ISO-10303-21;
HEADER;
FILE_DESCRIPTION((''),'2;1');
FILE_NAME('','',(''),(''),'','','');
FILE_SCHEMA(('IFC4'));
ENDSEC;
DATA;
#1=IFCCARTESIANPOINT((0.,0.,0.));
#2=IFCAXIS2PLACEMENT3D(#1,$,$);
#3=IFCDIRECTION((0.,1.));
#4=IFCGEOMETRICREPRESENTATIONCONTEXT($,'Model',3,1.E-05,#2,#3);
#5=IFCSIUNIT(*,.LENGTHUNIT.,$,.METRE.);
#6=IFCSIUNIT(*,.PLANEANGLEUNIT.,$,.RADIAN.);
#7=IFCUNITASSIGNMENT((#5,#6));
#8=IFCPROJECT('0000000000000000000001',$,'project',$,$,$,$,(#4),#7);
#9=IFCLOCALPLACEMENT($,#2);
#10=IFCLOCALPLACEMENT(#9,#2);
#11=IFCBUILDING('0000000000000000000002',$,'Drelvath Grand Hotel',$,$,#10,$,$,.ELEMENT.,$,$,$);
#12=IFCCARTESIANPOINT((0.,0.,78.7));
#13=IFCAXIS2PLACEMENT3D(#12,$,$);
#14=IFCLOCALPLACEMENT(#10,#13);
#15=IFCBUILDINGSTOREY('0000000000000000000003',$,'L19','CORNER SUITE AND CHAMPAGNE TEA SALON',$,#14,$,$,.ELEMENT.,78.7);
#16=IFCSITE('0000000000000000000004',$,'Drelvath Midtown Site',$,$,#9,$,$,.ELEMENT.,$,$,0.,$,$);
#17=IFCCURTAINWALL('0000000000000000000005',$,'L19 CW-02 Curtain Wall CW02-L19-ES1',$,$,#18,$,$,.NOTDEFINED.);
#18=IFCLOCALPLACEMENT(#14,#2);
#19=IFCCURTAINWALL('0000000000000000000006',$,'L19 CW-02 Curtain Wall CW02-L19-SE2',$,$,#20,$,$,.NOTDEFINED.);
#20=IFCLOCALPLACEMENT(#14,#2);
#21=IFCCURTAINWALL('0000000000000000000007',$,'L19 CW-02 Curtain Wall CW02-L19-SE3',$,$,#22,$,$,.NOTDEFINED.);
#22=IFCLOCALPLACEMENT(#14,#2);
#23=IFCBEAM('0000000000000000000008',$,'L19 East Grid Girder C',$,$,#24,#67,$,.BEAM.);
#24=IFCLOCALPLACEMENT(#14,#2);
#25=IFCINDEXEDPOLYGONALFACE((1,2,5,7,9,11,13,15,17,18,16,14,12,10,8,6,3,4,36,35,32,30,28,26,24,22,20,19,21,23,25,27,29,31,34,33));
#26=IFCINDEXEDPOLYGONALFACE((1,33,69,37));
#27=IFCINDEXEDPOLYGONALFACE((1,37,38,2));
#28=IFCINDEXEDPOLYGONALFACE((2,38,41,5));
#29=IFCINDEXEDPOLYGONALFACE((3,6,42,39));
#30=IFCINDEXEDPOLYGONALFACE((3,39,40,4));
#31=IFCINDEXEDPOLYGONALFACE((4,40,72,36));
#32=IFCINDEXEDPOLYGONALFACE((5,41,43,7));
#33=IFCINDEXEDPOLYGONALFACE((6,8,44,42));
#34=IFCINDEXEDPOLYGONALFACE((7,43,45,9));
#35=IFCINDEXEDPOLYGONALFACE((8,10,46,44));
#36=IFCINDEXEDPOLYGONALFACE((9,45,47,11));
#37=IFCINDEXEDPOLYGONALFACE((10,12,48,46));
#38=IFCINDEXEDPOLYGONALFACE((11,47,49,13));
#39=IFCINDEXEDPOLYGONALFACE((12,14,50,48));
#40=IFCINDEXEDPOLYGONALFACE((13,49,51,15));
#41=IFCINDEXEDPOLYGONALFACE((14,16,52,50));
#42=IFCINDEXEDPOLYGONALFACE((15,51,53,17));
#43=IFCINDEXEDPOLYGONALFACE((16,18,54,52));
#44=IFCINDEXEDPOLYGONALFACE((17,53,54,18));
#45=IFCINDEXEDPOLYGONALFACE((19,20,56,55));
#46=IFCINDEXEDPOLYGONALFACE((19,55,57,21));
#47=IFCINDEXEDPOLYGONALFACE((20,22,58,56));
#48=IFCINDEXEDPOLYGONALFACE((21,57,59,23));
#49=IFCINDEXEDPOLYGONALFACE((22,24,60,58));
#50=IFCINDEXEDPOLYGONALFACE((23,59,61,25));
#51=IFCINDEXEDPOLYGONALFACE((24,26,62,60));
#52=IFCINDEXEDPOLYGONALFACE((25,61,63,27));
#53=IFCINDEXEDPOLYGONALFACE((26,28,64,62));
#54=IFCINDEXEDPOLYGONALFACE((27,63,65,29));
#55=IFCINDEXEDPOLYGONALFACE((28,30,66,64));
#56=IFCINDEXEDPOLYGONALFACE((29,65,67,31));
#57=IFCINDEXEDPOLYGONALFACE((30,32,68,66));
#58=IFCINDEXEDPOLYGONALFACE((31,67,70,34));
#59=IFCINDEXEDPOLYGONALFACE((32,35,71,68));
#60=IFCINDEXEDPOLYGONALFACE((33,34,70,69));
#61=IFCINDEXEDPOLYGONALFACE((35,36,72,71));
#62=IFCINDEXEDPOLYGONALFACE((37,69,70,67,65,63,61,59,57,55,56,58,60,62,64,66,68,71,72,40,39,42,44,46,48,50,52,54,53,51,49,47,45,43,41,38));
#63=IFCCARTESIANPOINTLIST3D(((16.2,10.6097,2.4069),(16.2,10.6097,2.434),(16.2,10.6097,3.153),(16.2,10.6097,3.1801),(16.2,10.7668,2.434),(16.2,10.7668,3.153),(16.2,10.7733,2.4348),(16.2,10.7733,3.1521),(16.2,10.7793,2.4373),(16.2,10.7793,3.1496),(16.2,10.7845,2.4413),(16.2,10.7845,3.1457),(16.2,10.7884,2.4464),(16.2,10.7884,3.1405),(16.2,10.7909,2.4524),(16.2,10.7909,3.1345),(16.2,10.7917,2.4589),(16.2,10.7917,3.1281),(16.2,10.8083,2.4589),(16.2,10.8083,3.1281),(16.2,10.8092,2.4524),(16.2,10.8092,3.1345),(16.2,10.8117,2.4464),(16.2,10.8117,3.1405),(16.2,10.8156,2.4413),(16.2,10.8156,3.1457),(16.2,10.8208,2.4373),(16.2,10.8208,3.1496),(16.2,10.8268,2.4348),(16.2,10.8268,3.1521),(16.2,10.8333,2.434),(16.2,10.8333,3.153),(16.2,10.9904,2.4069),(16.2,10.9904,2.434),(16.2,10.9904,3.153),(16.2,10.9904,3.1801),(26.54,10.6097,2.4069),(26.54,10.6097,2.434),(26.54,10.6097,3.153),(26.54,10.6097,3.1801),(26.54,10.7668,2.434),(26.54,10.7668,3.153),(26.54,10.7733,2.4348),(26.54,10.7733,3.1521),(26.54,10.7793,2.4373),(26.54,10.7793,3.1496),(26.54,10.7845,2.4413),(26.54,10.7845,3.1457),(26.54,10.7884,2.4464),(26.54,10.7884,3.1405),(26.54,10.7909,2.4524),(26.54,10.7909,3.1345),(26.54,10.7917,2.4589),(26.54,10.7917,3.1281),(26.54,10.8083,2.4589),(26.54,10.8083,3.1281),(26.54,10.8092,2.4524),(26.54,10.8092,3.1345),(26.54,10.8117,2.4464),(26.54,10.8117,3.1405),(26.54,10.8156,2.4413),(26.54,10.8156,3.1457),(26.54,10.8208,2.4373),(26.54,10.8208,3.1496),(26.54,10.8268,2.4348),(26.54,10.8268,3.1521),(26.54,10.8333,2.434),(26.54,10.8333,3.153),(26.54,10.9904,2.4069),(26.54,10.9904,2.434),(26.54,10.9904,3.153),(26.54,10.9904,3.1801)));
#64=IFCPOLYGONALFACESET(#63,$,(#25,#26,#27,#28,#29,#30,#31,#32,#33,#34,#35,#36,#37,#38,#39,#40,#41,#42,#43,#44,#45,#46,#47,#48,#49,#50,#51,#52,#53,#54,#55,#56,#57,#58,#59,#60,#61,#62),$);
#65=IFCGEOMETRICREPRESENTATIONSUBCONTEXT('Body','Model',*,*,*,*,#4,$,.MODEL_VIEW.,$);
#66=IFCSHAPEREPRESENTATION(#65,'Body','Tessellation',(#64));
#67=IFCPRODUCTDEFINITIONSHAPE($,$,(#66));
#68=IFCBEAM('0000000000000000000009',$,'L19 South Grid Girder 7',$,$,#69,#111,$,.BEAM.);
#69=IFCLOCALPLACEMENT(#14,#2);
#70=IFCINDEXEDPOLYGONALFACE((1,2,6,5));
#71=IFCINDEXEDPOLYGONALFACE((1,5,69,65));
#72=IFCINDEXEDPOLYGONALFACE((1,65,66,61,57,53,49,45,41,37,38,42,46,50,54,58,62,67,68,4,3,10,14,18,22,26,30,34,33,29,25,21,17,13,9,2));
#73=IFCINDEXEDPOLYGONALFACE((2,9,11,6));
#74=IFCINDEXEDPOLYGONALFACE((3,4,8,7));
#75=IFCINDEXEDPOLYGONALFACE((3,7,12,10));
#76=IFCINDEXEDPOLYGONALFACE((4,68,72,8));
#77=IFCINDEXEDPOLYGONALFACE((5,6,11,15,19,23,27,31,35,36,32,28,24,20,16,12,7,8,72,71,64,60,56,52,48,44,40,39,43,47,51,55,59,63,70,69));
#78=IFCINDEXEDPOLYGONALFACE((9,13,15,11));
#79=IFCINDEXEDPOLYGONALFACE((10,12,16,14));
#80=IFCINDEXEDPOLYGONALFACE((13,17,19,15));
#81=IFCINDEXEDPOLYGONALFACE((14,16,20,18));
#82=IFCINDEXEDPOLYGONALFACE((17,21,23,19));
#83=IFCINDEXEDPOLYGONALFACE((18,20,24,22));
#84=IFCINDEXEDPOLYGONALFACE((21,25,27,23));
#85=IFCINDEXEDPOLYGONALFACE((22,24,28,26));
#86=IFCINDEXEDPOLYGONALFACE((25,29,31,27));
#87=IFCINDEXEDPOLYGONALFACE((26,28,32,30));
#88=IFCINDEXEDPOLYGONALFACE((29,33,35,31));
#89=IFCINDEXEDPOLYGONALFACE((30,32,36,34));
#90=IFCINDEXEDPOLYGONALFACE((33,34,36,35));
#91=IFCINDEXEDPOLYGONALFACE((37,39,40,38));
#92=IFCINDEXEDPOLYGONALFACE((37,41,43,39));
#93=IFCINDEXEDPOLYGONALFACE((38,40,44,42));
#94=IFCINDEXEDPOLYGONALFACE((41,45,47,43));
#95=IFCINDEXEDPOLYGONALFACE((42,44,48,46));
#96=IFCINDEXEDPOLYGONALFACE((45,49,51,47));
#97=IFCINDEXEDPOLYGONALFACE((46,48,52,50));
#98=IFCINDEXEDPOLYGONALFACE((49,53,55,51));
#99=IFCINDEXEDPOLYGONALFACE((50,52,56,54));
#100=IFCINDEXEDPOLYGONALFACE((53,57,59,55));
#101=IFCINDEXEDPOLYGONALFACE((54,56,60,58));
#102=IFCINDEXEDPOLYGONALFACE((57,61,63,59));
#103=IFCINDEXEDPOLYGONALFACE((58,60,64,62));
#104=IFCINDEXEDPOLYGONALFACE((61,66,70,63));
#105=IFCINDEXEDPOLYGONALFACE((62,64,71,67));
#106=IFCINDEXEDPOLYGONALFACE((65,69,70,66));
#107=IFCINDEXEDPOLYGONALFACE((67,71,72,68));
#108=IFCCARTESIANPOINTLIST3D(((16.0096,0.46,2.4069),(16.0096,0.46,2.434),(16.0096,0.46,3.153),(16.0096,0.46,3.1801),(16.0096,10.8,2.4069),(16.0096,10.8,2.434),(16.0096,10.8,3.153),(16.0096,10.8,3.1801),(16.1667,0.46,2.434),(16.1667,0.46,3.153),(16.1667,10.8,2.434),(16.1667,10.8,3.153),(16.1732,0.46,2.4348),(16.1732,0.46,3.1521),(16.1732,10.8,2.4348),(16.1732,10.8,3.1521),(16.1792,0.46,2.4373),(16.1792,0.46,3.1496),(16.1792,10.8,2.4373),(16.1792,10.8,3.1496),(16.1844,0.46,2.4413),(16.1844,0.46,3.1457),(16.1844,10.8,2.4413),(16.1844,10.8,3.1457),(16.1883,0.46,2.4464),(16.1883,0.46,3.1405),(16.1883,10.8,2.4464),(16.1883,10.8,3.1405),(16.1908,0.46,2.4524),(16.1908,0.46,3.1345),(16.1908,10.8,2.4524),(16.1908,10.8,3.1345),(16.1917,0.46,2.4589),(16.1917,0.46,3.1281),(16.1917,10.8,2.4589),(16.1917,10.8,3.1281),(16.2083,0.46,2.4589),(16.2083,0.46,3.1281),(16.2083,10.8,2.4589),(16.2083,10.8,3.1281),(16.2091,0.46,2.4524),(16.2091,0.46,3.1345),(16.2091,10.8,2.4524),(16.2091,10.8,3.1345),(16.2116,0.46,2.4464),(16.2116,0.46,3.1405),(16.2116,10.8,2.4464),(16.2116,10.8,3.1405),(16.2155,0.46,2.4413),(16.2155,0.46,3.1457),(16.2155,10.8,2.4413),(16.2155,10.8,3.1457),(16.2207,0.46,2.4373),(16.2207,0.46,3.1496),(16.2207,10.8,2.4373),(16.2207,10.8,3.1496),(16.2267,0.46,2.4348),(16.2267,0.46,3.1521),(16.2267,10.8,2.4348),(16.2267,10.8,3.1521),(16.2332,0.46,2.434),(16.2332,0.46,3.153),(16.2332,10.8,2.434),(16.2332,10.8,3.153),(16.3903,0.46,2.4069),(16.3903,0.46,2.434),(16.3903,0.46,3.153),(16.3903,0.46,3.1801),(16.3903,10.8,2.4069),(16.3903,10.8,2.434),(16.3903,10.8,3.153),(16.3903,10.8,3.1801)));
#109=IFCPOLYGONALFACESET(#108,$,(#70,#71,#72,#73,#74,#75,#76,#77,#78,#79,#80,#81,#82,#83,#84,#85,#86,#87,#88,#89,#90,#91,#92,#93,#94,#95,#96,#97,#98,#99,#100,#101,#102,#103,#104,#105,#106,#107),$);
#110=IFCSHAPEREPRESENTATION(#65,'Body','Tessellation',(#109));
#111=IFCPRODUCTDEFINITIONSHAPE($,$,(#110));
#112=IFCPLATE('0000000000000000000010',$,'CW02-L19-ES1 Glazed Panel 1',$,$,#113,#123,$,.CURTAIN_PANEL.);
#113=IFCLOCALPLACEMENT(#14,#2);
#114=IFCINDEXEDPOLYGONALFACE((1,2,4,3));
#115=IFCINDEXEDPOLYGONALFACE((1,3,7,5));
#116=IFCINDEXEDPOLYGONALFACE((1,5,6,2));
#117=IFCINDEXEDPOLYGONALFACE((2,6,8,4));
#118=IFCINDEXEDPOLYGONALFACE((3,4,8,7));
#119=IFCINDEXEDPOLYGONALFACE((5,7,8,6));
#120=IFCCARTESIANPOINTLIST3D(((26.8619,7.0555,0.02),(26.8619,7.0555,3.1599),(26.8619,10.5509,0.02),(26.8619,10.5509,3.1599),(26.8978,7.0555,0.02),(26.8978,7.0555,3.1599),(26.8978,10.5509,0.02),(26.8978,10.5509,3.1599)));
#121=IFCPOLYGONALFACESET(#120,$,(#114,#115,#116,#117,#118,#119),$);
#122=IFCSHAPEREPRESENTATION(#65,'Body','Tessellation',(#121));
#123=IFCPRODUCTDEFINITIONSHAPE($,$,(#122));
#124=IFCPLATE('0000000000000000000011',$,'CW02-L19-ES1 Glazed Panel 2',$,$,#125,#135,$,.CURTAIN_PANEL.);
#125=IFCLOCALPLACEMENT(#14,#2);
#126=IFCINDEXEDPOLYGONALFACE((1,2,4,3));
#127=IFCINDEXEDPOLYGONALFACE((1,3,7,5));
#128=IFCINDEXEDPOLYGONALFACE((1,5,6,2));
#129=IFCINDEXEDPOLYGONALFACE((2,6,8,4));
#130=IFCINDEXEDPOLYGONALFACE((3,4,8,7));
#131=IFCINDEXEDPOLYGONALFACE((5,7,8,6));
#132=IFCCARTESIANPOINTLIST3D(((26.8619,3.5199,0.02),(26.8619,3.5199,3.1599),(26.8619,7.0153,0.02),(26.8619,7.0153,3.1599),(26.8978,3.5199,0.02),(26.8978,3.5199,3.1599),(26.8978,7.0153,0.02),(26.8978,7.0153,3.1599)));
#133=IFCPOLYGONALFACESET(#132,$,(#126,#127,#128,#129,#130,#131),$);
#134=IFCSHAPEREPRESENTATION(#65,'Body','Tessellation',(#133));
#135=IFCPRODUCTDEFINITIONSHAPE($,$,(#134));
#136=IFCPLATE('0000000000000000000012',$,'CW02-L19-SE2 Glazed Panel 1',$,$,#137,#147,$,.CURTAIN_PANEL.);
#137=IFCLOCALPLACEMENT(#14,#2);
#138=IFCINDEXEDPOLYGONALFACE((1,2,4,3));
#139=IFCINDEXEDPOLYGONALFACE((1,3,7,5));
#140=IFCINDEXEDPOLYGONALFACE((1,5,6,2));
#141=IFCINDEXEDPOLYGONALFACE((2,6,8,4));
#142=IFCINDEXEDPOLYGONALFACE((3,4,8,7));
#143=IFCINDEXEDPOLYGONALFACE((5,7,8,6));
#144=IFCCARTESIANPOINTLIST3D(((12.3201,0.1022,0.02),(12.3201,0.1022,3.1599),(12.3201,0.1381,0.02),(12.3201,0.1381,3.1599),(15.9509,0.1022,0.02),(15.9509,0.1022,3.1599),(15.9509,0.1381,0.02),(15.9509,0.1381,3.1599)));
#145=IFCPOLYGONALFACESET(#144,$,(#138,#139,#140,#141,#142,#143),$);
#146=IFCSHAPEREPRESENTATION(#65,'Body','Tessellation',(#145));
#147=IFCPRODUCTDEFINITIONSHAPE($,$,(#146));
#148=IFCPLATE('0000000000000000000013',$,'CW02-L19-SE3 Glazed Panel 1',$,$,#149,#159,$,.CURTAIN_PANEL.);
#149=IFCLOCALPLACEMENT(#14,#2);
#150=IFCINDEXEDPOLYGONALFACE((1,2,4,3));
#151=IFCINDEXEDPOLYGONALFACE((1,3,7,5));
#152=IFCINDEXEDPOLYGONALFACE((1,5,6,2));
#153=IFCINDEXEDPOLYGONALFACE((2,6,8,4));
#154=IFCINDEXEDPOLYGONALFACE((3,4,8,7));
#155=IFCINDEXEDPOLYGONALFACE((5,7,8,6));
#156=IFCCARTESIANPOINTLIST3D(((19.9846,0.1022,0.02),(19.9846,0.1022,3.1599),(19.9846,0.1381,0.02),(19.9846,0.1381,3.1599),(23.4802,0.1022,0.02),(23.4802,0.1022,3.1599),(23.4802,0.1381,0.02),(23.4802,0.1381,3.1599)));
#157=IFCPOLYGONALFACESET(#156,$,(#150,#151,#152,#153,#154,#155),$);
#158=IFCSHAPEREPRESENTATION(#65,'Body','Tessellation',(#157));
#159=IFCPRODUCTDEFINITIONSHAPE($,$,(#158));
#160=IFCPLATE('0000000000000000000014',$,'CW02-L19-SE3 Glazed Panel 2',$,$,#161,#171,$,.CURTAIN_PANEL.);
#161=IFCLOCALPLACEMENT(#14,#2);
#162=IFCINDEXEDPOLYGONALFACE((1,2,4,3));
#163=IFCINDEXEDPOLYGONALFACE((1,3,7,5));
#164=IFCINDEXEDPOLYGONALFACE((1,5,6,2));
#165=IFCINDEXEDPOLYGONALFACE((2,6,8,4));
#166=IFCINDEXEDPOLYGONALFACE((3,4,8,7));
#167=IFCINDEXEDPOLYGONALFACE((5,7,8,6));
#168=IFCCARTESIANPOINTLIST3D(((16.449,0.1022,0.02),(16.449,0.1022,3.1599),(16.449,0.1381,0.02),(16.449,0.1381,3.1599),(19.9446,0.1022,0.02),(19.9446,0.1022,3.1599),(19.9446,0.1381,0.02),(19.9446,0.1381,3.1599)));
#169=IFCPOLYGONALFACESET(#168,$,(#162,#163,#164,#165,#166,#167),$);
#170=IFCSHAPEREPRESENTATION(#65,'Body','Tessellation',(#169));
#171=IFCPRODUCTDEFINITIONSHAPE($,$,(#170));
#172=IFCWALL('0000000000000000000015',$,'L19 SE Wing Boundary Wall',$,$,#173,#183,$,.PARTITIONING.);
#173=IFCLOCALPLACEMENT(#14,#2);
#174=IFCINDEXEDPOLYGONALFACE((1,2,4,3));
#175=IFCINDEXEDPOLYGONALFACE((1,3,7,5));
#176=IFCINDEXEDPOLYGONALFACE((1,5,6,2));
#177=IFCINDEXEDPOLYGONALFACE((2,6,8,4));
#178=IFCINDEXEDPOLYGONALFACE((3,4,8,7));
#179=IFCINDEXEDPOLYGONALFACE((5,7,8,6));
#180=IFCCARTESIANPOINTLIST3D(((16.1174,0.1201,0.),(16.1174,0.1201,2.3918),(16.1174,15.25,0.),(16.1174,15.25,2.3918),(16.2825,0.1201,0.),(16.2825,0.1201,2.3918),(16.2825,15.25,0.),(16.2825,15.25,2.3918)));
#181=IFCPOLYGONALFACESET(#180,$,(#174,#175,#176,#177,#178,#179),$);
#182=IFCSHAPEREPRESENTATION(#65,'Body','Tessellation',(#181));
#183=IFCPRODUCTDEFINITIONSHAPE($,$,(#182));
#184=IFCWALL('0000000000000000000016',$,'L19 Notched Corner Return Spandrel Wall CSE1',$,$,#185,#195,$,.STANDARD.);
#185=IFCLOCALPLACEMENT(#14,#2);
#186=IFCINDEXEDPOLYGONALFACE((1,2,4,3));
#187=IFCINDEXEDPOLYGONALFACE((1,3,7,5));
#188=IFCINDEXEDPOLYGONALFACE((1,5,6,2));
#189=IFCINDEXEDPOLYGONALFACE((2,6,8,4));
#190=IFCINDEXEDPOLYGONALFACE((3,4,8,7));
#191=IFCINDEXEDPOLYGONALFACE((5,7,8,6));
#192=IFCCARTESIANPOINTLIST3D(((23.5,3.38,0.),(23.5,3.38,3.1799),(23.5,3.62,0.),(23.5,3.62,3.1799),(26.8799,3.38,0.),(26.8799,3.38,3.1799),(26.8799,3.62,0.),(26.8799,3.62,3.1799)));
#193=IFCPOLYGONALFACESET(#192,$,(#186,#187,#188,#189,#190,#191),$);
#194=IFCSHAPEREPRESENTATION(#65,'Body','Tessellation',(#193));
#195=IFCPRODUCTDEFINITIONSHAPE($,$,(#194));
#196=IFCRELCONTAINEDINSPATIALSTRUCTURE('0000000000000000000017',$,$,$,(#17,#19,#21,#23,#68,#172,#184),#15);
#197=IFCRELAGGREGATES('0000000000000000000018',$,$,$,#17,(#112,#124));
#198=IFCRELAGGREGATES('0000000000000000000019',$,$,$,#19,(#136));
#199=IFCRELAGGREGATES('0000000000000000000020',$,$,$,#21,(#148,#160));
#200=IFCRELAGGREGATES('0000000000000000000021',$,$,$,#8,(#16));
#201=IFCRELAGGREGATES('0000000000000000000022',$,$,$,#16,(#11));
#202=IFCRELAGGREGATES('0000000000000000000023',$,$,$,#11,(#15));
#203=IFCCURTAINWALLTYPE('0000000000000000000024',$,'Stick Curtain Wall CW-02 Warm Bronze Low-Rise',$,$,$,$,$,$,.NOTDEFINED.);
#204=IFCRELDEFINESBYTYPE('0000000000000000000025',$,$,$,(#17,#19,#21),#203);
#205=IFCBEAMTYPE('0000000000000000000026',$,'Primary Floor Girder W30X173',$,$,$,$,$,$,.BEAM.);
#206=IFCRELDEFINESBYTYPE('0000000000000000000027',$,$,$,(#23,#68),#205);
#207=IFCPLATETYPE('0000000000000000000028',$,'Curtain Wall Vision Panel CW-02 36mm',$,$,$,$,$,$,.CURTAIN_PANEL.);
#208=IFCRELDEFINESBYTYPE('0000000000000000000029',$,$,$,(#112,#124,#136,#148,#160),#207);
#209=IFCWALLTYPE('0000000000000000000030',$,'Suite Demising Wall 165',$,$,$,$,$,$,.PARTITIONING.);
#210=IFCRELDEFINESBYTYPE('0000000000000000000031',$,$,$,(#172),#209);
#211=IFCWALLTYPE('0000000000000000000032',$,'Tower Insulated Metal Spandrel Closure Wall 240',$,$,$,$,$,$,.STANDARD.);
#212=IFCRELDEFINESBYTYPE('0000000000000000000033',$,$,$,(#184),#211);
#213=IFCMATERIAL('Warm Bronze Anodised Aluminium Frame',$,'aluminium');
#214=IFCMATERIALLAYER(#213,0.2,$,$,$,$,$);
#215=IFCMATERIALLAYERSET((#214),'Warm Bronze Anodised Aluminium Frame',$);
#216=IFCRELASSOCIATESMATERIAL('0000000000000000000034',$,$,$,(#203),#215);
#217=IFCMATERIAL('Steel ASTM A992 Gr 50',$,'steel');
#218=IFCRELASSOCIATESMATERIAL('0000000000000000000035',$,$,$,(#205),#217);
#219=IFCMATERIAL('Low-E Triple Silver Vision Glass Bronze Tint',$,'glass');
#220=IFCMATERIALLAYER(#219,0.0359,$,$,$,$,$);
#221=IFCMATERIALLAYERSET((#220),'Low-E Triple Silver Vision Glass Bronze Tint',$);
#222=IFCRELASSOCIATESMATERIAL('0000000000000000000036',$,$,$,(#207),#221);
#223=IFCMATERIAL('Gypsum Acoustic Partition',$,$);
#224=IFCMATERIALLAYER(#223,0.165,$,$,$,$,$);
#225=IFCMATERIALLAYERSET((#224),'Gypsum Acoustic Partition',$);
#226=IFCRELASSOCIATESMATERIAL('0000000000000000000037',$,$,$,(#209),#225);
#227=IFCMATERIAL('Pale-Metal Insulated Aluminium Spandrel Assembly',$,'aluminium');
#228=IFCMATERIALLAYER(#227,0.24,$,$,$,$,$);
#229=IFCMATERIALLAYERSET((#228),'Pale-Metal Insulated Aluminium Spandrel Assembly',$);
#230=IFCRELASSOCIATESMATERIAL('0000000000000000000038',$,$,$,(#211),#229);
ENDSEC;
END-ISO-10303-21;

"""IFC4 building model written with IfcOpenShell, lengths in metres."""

from ifc_helpers import new_model, si_unit, direction, frame, frame_2d, origin, origin_2d, place, context, subcontext, project, spatial, rectangle, i_section, extrude, material, layer, layer_set, material_profile, profile_set, type_object, element, aggregate, save


model = new_model("IFC4")

# Units and contexts
model_context = context("Model", 3, precision=1e-05, world=origin(), true_north=direction((0.0, 1.0)))
body_context = subcontext(model_context, "Body", "Model", "MODEL_VIEW")
ifc_project = project(units=[si_unit("LENGTHUNIT", "METRE"), si_unit("PLANEANGLEUNIT", "RADIAN")], contexts=[model_context])

# Site, building, storey
site_placement = place(None, origin())
site = spatial("IfcSite", under=ifc_project, at=site_placement, Name="Drelvath Midtown Site", CompositionType="ELEMENT", RefElevation=0.0)
building_placement = place(site_placement, origin())
building = spatial("IfcBuilding", under=site, at=building_placement, Name="Drelvath Grand Hotel", CompositionType="ELEMENT")
storey_placement = place(building_placement, frame((0.0, 0.0, 78.7)))
storey = spatial("IfcBuildingStorey", under=building, at=storey_placement, Name="L19", Description="CORNER SUITE AND CHAMPAGNE TEA SALON", CompositionType="ELEMENT", Elevation=78.7)

# Shared definitions
ifc_material_1 = material(Name="Steel ASTM A992 Gr 50", Category="steel")

# Curtain walls
ifc_material_2 = material(Name="Warm Bronze Anodised Aluminium Frame", Category="aluminium")
ifc_layer_1 = layer(ifc_material_2, 0.2)
ifc_layer_set_1 = layer_set([ifc_layer_1], Name="Warm Bronze Anodised Aluminium Frame")
curtain_wall_type = type_object("IfcCurtainWallType", Name="Stick Curtain Wall CW-02 Warm Bronze Low-Rise", PredefinedType="NOTDEFINED", material=ifc_layer_set_1)
curtain_wall_1_placement = place(storey_placement, origin())
curtain_wall_1 = element("IfcCurtainWall", 1, at=curtain_wall_1_placement, inside=storey, type_object=curtain_wall_type, Name="L19 CW-02 Curtain Wall CW02-L19-ES1", PredefinedType="NOTDEFINED")
curtain_wall_2_placement = place(storey_placement, origin())
curtain_wall_2 = element("IfcCurtainWall", 2, at=curtain_wall_2_placement, inside=storey, type_object=curtain_wall_type, Name="L19 CW-02 Curtain Wall CW02-L19-SE2", PredefinedType="NOTDEFINED")
curtain_wall_3_placement = place(storey_placement, origin())
curtain_wall_3 = element("IfcCurtainWall", 3, at=curtain_wall_3_placement, inside=storey, type_object=curtain_wall_type, Name="L19 CW-02 Curtain Wall CW02-L19-SE3", PredefinedType="NOTDEFINED")

# Beams
ifc_material_profile_1 = material_profile(ifc_material_1, i_section(OverallWidth=0.3806, OverallDepth=0.7732, WebThickness=0.0166, FlangeThickness=0.0271, FilletRadius=0.0249, at=origin_2d()), Name="W30X173")
ifc_profile_set_1 = profile_set([ifc_material_profile_1], Name="Steel ASTM A992 Gr 50")
beam_type_1 = type_object("IfcBeamType", Name="Primary Floor Girder W30X173", PredefinedType="BEAM", material=ifc_profile_set_1)
for number, where, z_axis, x_axis, name in (
    (4, (16.2, 10.8, 2.7935), (1.0, 0.0, 0.0), (0.0, 1.0, 0.0), "L19 East Grid Girder C"),
    (5, (16.2, 0.46, 2.7935), (0.0, 1.0, 0.0), (-1.0, 0.0, 0.0), "L19 South Grid Girder 7"),
):
    element("IfcBeam", number, at=place(storey_placement, frame(where, z_axis=z_axis, x_axis=x_axis)), inside=storey, type_object=beam_type_1, Name=name, PredefinedType="BEAM", context=body_context, shape_type="SweptSolid", body=[
        extrude(i_section(OverallWidth=0.3806, OverallDepth=0.7732, WebThickness=0.0166, FlangeThickness=0.0271, FilletRadius=0.0249, at=origin_2d()), origin(), (0.0, 0.0, 1.0), 10.3401),
    ])

# Plates
ifc_material_3 = material(Name="Low-E Triple Silver Vision Glass Bronze Tint", Category="glass")
ifc_layer_2 = layer(ifc_material_3, 0.0359)
ifc_layer_set_2 = layer_set([ifc_layer_2], Name="Low-E Triple Silver Vision Glass Bronze Tint")
plate_type = type_object("IfcPlateType", Name="Curtain Wall Vision Panel CW-02 36mm", PredefinedType="CURTAIN_PANEL", material=ifc_layer_set_2)
plate_1_placement = place(storey_placement, frame((26.8799, 8.8032, 0.02), z_axis=(0.0, 0.0, 1.0), x_axis=(0.0, -1.0, 0.0)))
plate_1 = element("IfcPlate", 6, at=plate_1_placement, type_object=plate_type, Name="CW02-L19-ES1 Glazed Panel 1", PredefinedType="CURTAIN_PANEL", context=body_context, shape_type="SweptSolid", body=[
    extrude(rectangle(XDim=3.4954, YDim=0.0359, at=origin_2d()), origin(), (0.0, 0.0, 1.0), 3.1399),
])
plate_2_placement = place(storey_placement, frame((26.8799, 5.2676, 0.02), z_axis=(0.0, 0.0, 1.0), x_axis=(0.0, -1.0, 0.0)))
plate_2 = element("IfcPlate", 7, at=plate_2_placement, type_object=plate_type, Name="CW02-L19-ES1 Glazed Panel 2", PredefinedType="CURTAIN_PANEL", context=body_context, shape_type="SweptSolid", body=[
    extrude(rectangle(XDim=3.4954, YDim=0.0359, at=origin_2d()), origin(), (0.0, 0.0, 1.0), 3.1399),
])
aggregate(curtain_wall_1, [plate_1, plate_2])
plate_3_placement = place(storey_placement, frame((14.1355, 0.1201, 0.02), z_axis=(0.0, 0.0, 1.0), x_axis=(-1.0, 0.0, 0.0)))
plate_3 = element("IfcPlate", 8, at=plate_3_placement, type_object=plate_type, Name="CW02-L19-SE2 Glazed Panel 1", PredefinedType="CURTAIN_PANEL", context=body_context, shape_type="SweptSolid", body=[
    extrude(rectangle(XDim=3.6309, YDim=0.0359, at=origin_2d()), origin(), (0.0, 0.0, 1.0), 3.1399),
])
aggregate(curtain_wall_2, [plate_3])
plate_4_placement = place(storey_placement, frame((21.7324, 0.1201, 0.02), z_axis=(0.0, 0.0, 1.0), x_axis=(-1.0, 0.0, 0.0)))
plate_4 = element("IfcPlate", 9, at=plate_4_placement, type_object=plate_type, Name="CW02-L19-SE3 Glazed Panel 1", PredefinedType="CURTAIN_PANEL", context=body_context, shape_type="SweptSolid", body=[
    extrude(rectangle(XDim=3.4956, YDim=0.0359, at=origin_2d()), origin(), (0.0, 0.0, 1.0), 3.1399),
])
plate_5_placement = place(storey_placement, frame((18.1968, 0.1201, 0.02), z_axis=(0.0, 0.0, 1.0), x_axis=(-1.0, 0.0, 0.0)))
plate_5 = element("IfcPlate", 10, at=plate_5_placement, type_object=plate_type, Name="CW02-L19-SE3 Glazed Panel 2", PredefinedType="CURTAIN_PANEL", context=body_context, shape_type="SweptSolid", body=[
    extrude(rectangle(XDim=3.4956, YDim=0.0359, at=origin_2d()), origin(), (0.0, 0.0, 1.0), 3.1399),
])
aggregate(curtain_wall_3, [plate_4, plate_5])

# Walls
ifc_material_4 = material(Name="Gypsum Acoustic Partition")
ifc_layer_3 = layer(ifc_material_4, 0.165)
ifc_layer_set_3 = layer_set([ifc_layer_3], Name="Gypsum Acoustic Partition")
wall_type_1 = type_object("IfcWallType", Name="Suite Demising Wall 165", PredefinedType="PARTITIONING", material=ifc_layer_set_3)
wall_placement = place(storey_placement, frame((16.2, 0.1201, 0.0), z_axis=(0.0, 0.0, 1.0), x_axis=(0.0, 1.0, 0.0)))
element("IfcWall", 11, at=wall_placement, inside=storey, type_object=wall_type_1, Name="L19 SE Wing Boundary Wall", PredefinedType="PARTITIONING", context=body_context, shape_type="SweptSolid", body=[
    extrude(rectangle(XDim=15.1299, YDim=0.165, at=frame_2d((7.5649, 0.0))), origin(), (0.0, 0.0, 1.0), 2.3918),
])
ifc_material_5 = material(Name="Pale-Metal Insulated Aluminium Spandrel Assembly", Category="aluminium")
ifc_layer_4 = layer(ifc_material_5, 0.24)
ifc_layer_set_4 = layer_set([ifc_layer_4], Name="Pale-Metal Insulated Aluminium Spandrel Assembly")
wall_type_2 = type_object("IfcWallType", Name="Tower Insulated Metal Spandrel Closure Wall 240", PredefinedType="STANDARD", material=ifc_layer_set_4)
for number, where, z_axis, x_axis, name in (
    (12, (26.8799, 3.5, 0.0), (0.0, 0.0, 1.0), (-1.0, 0.0, 0.0), "L19 Notched Corner Return Spandrel Wall CSE1"),
):
    element("IfcWall", number, at=place(storey_placement, frame(where, z_axis=z_axis, x_axis=x_axis)), inside=storey, type_object=wall_type_2, Name=name, PredefinedType="STANDARD", context=body_context, shape_type="SweptSolid", body=[
        extrude(rectangle(XDim=3.3799, YDim=0.24, at=frame_2d((1.6899, 0.0))), origin(), (0.0, 0.0, 1.0), 3.1799),
    ])

save(model, "model.ifc")
